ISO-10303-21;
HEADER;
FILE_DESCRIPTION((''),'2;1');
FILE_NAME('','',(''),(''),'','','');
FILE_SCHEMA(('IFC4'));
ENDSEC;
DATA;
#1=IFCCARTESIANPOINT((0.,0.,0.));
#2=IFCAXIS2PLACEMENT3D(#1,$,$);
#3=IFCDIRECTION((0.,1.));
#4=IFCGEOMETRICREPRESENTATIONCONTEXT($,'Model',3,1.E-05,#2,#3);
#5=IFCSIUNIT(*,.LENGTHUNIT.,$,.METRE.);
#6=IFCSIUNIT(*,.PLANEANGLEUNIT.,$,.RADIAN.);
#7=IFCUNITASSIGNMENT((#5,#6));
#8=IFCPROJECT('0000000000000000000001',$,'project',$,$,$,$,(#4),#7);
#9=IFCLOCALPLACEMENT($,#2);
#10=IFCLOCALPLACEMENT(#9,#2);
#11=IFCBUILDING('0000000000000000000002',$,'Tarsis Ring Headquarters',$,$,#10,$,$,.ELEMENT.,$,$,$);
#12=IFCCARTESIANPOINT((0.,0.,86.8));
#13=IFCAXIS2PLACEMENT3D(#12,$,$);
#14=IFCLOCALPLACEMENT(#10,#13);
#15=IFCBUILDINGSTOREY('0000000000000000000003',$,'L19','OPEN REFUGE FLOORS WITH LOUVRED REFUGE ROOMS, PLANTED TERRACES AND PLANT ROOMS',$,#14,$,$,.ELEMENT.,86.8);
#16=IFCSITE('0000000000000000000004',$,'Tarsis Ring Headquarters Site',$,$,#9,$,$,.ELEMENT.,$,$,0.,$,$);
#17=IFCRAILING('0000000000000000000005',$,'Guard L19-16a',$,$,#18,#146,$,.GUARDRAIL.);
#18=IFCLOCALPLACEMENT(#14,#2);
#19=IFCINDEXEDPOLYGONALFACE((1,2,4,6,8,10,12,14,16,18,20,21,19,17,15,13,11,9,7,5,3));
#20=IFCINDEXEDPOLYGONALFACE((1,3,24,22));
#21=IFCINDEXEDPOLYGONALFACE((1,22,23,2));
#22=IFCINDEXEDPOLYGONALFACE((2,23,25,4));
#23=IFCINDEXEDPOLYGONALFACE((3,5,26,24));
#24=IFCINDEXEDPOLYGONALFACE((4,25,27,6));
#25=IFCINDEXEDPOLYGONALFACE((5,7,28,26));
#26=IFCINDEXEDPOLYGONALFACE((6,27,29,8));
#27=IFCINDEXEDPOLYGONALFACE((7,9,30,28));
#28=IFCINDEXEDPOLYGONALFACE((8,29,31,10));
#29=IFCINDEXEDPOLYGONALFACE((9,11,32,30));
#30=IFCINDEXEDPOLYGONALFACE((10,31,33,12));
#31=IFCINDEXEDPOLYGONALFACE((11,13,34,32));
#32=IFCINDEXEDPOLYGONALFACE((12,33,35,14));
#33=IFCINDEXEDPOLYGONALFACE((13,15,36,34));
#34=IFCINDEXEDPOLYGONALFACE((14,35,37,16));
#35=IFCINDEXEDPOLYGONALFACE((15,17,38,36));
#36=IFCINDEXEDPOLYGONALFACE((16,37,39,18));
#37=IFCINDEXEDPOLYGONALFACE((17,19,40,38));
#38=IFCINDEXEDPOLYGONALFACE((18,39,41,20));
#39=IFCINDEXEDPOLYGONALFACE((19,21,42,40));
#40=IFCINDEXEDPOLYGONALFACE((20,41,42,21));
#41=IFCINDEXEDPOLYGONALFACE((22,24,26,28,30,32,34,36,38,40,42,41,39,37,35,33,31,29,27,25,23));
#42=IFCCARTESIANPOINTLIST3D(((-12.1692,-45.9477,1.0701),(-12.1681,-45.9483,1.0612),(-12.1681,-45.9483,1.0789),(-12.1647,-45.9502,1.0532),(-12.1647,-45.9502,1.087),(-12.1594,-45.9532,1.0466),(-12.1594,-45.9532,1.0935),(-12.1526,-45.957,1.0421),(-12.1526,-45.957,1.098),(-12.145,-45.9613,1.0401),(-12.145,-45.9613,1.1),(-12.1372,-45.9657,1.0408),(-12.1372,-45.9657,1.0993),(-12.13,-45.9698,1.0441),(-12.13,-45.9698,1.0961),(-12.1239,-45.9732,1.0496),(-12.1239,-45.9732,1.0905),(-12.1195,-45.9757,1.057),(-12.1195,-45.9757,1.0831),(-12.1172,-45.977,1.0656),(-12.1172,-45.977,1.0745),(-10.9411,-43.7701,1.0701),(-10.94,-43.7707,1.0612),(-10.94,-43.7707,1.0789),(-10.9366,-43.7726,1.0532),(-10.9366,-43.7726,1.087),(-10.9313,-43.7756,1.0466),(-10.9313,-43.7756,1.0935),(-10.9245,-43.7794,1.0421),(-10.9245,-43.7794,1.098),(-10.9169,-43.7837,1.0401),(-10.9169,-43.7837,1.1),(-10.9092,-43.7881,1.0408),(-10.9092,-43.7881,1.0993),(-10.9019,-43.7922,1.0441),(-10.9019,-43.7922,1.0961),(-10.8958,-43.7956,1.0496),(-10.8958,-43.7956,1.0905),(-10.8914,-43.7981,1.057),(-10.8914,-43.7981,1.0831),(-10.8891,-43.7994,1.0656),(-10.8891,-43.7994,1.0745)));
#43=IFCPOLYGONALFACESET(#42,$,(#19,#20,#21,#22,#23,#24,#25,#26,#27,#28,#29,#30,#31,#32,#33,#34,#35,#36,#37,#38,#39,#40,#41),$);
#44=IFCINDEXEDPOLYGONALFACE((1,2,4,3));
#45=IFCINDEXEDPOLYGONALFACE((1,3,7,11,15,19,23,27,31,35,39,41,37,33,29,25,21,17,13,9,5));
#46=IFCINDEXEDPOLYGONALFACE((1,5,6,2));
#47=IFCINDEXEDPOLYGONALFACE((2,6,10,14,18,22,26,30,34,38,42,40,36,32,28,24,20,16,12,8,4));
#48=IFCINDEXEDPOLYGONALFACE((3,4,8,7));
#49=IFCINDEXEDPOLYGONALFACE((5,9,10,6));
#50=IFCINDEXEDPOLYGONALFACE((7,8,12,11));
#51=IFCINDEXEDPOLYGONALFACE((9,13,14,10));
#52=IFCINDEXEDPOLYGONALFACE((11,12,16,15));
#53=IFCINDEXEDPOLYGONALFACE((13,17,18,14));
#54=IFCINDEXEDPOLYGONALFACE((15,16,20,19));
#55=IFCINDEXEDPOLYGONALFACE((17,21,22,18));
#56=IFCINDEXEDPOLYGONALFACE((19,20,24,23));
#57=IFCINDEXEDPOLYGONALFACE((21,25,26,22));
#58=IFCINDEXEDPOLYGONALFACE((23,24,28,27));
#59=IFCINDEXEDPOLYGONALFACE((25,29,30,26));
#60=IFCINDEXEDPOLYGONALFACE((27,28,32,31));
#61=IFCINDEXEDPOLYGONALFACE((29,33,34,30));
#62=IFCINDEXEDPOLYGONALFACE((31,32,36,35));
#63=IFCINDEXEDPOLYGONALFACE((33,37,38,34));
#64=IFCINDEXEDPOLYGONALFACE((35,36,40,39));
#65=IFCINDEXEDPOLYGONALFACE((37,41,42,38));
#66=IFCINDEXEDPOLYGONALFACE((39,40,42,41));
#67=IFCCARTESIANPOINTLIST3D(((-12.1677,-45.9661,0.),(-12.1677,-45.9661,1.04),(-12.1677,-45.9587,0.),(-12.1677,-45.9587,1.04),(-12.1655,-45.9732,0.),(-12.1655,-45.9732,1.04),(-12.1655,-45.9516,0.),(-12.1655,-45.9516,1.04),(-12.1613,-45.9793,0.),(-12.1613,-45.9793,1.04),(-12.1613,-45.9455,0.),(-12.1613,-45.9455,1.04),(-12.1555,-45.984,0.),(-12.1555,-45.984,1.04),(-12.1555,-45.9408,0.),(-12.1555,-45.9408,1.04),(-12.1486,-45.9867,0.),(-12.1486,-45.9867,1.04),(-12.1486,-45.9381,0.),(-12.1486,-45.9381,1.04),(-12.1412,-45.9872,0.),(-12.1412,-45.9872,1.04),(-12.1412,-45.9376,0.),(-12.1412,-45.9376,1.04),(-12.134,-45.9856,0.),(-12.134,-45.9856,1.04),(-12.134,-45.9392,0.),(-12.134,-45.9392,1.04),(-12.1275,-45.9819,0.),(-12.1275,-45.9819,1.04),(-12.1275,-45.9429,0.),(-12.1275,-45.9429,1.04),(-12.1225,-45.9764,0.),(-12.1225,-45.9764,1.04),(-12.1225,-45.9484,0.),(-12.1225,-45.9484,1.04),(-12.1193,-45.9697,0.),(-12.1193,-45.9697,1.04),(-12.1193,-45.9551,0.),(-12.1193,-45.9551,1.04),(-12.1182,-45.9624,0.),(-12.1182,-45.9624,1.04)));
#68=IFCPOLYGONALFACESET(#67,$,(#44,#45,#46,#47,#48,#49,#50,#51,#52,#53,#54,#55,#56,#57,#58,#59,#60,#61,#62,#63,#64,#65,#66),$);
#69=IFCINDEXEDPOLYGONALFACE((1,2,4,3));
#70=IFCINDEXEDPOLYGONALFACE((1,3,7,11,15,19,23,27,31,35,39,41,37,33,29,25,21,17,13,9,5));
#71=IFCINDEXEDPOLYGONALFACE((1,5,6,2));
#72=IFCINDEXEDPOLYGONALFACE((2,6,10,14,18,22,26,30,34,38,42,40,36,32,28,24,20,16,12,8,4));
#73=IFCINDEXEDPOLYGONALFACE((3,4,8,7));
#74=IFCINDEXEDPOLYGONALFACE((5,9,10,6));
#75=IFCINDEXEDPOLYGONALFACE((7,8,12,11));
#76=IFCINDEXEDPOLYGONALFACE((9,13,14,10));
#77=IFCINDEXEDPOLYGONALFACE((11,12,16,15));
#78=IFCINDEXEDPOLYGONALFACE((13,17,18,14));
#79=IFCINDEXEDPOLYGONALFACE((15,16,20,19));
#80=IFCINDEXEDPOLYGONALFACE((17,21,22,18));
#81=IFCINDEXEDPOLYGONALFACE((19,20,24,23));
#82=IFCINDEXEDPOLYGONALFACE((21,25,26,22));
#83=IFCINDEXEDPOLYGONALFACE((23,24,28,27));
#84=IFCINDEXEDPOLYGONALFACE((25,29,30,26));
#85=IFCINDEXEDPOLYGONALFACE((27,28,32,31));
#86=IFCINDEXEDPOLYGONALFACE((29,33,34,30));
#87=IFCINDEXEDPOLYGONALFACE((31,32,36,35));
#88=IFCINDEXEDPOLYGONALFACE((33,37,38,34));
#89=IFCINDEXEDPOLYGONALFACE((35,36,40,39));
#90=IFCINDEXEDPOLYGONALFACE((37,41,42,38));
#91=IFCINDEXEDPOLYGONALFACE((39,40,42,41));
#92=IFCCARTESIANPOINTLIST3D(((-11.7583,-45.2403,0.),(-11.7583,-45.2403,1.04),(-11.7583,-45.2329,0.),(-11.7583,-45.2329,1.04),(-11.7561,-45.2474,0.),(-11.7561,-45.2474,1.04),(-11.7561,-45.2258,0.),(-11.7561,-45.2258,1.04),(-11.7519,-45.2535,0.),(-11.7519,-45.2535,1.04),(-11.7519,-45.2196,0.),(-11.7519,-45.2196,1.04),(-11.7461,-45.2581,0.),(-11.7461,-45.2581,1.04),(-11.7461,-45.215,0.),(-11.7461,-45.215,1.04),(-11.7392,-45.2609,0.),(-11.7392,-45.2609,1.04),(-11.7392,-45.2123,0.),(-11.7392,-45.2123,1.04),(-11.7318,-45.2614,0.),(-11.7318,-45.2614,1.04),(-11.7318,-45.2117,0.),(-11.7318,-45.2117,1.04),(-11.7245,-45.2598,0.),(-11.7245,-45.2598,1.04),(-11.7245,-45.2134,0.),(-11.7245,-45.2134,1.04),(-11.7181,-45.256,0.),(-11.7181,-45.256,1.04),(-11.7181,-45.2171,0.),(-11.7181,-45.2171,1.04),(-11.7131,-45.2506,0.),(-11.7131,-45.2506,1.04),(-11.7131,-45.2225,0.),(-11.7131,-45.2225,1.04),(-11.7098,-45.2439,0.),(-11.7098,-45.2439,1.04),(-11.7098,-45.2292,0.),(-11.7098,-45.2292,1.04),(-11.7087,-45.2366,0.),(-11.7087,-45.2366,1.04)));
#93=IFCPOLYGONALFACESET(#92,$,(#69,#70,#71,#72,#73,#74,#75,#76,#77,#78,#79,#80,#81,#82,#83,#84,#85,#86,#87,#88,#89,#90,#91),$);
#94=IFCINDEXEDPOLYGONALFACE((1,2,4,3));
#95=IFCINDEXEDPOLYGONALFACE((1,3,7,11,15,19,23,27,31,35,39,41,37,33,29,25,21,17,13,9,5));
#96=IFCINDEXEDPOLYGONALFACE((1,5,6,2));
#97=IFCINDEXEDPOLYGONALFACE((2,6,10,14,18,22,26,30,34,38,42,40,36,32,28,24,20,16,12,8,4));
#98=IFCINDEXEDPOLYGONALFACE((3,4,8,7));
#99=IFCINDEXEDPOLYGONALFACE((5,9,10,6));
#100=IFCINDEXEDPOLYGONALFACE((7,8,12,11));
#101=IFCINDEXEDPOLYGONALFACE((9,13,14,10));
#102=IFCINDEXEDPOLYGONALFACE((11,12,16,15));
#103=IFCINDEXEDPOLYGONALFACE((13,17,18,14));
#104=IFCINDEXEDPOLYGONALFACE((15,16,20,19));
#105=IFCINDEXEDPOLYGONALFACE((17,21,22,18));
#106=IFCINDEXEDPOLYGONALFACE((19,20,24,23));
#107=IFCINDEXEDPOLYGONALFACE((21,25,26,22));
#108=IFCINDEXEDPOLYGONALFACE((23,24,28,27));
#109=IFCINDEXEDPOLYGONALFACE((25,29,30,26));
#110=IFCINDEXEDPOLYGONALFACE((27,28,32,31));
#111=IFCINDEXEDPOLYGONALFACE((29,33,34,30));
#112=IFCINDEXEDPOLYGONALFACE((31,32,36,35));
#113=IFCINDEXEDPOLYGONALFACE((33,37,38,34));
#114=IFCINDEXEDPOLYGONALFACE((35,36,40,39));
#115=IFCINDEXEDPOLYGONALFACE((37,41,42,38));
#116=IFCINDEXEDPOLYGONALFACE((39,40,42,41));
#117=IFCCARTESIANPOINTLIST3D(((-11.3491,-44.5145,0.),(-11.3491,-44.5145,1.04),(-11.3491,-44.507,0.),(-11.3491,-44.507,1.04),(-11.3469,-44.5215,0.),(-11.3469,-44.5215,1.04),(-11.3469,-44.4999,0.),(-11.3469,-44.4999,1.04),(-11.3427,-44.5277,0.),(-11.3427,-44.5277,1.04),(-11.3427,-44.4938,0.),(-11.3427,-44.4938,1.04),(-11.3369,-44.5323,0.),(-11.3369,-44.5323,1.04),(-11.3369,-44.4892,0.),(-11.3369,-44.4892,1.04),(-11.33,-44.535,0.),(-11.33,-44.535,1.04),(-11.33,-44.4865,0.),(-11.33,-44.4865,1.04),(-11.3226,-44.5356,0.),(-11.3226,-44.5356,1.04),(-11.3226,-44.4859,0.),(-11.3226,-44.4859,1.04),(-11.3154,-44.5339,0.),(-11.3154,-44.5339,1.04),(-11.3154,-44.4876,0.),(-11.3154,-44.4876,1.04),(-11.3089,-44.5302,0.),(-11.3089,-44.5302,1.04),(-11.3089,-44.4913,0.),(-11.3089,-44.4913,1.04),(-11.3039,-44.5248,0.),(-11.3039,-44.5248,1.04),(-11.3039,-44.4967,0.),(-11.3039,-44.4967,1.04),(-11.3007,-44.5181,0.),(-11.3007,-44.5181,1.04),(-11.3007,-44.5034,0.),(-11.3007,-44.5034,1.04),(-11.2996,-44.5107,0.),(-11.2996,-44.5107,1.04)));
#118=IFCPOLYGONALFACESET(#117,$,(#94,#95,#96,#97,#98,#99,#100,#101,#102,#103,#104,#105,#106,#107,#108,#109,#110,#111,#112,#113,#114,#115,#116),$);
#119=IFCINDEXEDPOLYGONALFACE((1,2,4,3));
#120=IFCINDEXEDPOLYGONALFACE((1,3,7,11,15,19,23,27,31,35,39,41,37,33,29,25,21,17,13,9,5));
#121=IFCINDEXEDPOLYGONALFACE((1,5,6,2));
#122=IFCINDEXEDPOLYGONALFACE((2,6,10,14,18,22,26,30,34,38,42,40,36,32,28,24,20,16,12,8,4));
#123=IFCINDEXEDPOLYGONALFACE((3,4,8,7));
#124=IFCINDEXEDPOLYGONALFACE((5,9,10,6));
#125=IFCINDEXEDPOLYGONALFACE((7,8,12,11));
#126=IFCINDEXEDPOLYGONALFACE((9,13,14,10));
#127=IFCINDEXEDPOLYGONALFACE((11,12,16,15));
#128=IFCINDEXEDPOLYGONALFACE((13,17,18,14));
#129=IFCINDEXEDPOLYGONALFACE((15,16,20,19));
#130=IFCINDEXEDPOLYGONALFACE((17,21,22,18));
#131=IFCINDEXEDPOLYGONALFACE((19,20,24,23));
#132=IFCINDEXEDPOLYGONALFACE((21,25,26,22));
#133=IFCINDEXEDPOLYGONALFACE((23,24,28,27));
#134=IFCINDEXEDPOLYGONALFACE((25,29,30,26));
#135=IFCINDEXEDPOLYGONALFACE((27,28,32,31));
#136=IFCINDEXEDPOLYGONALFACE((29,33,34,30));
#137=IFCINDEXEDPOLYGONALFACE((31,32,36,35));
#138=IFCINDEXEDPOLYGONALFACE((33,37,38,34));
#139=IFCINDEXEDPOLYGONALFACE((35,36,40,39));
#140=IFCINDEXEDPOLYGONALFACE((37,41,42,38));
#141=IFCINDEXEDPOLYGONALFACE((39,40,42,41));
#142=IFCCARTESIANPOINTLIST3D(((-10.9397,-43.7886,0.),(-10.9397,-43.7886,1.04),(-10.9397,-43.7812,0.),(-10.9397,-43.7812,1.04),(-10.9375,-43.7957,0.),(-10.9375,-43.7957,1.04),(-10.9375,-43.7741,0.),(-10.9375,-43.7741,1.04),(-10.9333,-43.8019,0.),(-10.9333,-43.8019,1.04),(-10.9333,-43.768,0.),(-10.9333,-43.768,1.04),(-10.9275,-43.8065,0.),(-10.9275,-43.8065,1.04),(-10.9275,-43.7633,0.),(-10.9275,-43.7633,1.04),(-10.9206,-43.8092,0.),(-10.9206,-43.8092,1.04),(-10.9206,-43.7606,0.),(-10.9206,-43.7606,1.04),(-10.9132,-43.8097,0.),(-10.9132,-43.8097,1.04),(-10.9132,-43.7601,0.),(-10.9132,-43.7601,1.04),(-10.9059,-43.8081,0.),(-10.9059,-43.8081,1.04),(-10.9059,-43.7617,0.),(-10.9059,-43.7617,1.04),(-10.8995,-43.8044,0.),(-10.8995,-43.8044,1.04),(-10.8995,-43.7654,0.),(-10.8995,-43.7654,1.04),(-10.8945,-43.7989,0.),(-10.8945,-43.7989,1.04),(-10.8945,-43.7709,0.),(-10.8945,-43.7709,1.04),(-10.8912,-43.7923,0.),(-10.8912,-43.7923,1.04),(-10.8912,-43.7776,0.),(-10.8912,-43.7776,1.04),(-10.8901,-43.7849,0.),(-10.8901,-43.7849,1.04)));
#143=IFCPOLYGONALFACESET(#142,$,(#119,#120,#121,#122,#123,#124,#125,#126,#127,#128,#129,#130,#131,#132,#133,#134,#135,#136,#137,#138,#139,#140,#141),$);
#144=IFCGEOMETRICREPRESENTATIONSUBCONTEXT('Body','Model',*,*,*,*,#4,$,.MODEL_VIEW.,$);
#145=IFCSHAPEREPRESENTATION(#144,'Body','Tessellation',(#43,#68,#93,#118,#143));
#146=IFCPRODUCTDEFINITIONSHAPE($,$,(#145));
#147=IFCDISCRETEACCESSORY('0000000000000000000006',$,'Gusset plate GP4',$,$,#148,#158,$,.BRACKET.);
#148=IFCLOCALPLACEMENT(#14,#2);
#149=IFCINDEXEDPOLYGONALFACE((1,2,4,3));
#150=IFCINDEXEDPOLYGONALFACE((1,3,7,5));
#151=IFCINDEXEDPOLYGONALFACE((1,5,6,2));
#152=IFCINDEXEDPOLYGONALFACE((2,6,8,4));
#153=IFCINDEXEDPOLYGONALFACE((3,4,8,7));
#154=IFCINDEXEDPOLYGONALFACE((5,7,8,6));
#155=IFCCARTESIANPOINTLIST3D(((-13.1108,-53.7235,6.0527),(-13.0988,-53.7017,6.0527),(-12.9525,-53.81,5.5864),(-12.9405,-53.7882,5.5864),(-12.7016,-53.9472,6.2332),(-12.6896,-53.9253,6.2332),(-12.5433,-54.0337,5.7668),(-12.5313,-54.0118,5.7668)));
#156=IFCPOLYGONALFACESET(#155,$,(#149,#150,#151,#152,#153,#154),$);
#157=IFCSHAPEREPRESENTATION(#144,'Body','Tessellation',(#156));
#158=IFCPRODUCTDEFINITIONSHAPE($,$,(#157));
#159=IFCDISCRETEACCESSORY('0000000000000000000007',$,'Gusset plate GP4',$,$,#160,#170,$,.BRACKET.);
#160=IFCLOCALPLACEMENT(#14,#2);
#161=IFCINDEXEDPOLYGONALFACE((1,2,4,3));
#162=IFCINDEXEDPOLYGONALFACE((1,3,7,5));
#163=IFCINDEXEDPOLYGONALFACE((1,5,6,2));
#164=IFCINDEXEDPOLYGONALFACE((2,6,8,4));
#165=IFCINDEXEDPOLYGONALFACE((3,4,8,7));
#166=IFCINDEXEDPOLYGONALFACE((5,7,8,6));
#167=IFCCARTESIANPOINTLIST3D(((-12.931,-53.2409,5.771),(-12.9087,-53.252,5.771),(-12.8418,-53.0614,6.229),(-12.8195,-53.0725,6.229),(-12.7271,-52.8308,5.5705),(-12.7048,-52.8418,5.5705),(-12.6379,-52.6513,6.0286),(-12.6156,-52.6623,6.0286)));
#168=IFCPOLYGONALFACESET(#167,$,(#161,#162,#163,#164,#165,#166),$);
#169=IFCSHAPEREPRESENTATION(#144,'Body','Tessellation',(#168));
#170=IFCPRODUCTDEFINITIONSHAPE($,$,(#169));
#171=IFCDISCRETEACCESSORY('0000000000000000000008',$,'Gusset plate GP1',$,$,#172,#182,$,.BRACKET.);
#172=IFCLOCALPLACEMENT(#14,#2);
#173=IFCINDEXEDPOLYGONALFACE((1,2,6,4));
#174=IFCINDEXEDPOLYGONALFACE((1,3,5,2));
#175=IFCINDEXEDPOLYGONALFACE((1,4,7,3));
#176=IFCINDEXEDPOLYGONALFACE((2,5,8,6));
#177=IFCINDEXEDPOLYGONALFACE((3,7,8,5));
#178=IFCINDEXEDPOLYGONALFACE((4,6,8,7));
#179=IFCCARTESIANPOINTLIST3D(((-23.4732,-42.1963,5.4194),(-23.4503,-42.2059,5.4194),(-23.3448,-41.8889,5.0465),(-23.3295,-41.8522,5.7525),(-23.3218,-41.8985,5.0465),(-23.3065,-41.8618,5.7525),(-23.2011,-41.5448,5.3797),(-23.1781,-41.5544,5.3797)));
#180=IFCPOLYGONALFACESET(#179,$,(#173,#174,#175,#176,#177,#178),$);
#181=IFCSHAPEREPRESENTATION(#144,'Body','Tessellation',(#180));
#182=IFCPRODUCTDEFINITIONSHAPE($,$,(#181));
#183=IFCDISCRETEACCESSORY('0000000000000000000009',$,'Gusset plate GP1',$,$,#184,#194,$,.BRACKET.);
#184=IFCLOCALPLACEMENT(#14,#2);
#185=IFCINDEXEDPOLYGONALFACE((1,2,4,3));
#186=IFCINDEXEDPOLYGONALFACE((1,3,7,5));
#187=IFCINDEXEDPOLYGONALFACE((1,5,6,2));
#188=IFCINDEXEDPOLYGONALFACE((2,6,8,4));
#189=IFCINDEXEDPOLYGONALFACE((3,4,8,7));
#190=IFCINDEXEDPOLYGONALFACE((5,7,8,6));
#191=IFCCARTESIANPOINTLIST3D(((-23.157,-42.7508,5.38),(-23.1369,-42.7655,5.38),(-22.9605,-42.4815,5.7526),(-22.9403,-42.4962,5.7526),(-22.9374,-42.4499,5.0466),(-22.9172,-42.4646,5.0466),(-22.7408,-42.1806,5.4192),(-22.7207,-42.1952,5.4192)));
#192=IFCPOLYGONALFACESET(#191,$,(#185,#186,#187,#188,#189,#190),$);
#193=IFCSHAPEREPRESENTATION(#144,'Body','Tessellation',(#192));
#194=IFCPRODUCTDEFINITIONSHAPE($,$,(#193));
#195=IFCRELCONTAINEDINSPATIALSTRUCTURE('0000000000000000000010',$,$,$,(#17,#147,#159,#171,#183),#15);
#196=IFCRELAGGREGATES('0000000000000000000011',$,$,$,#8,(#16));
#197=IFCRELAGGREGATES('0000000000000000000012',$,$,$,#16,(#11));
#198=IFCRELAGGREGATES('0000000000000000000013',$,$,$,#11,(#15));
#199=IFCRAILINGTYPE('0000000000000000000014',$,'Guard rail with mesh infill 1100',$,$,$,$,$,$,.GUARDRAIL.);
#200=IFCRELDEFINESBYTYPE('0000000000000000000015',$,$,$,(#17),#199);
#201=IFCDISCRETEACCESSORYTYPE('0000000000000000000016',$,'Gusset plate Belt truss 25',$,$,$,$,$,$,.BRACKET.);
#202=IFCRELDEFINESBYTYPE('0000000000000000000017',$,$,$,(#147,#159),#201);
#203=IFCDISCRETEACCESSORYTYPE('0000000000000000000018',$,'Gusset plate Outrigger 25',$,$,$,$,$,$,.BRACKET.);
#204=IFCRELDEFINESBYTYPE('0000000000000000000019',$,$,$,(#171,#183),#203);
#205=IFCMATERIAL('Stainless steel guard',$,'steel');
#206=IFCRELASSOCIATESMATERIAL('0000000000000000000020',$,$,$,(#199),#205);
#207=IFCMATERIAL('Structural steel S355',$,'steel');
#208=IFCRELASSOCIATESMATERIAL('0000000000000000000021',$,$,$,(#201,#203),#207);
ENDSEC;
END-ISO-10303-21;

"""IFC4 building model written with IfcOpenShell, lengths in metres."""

from ifc_helpers import new_model, si_unit, direction, frame, origin, origin_2d, place, context, subcontext, project, spatial, rectangle, circle, extrude, material, material_profile, profile_set, type_object, element, save


model = new_model("IFC4")

# Units and contexts
model_context = context("Model", 3, precision=1e-05, world=origin(), true_north=direction((0.0, 1.0)))
body_context = subcontext(model_context, "Body", "Model", "MODEL_VIEW")
ifc_project = project(units=[si_unit("LENGTHUNIT", "METRE"), si_unit("PLANEANGLEUNIT", "RADIAN")], contexts=[model_context])

# Site, building, storey
site_placement = place(None, origin())
site = spatial("IfcSite", under=ifc_project, at=site_placement, Name="Tarsis Ring Headquarters Site", CompositionType="ELEMENT", RefElevation=0.0)
building_placement = place(site_placement, origin())
building = spatial("IfcBuilding", under=site, at=building_placement, Name="Tarsis Ring Headquarters", CompositionType="ELEMENT")
storey_placement = place(building_placement, frame((0.0, 0.0, 86.8)))
storey = spatial("IfcBuildingStorey", under=building, at=storey_placement, Name="L19", Description="OPEN REFUGE FLOORS WITH LOUVRED REFUGE ROOMS, PLANTED TERRACES AND PLANT ROOMS", CompositionType="ELEMENT", Elevation=86.8)

# Shared definitions
ifc_material_1 = material(Name="Structural steel S355", Category="steel")

# Railing
ifc_material_2 = material(Name="Stainless steel guard", Category="steel")
railing_type_1 = type_object("IfcRailingType", Name="Guard rail with mesh infill 1100", PredefinedType="GUARDRAIL", material=ifc_material_2)
railing_1_placement = place(storey_placement, frame((-12.1431, -45.9624, 0.0)))
element("IfcRailing", 1, at=railing_1_placement, inside=storey, type_object=railing_type_1, Name="Guard L19-16a", PredefinedType="GUARDRAIL", context=body_context, shape_type="SweptSolid", body=[
    extrude(circle(Radius=0.03, at=origin_2d()), frame((0.0, 0.0, 1.0701), z_axis=(0.49123, 0.87103, 0.0), x_axis=(-0.87103, 0.49123, 0.0)), (0.0, 0.0, 1.0), 2.5),
    extrude(circle(Radius=0.0249, at=origin_2d()), origin(), (0.0, 0.0, 1.0), 1.04),
    extrude(circle(Radius=0.0249, at=origin_2d()), frame((0.4094, 0.7258, 0.0)), (0.0, 0.0, 1.0), 1.04),
    extrude(circle(Radius=0.0249, at=origin_2d()), frame((0.8186, 1.4517, 0.0)), (0.0, 0.0, 1.0), 1.04),
    extrude(circle(Radius=0.0249, at=origin_2d()), frame((1.228, 2.1775, 0.0)), (0.0, 0.0, 1.0), 1.04),
])

# Discrete accessories
ifc_material_profile_1 = material_profile(ifc_material_1, rectangle(XDim=0.0249, YDim=0.5, at=origin_2d()), Name="PL 25x500")
ifc_profile_set_1 = profile_set([ifc_material_profile_1], Name="Structural steel S355")
discrete_accessory_type_1 = type_object("IfcDiscreteAccessoryType", Name="Gusset plate Belt truss 25", PredefinedType="BRACKET", material=ifc_profile_set_1)
for number, where, z_axis, x_axis, name in (
    (2, (-12.6165, -53.9795, 6.0), (-0.818374, 0.447274, -0.360846), (-0.479586, -0.877495, 0.0), "Gusset plate GP4"),
    (3, (-12.8752, -53.1567, 6.0), (0.407746, 0.820375, -0.400909), (-0.895491, 0.44508, 0.0), "Gusset plate GP4"),
):
    element("IfcDiscreteAccessory", number, at=place(storey_placement, frame(where, z_axis=z_axis, x_axis=x_axis)), inside=storey, type_object=discrete_accessory_type_1, Name=name, PredefinedType="BRACKET", context=body_context, shape_type="SweptSolid", body=[
        extrude(rectangle(XDim=0.0249, YDim=0.5, at=origin_2d()), origin(), (0.0, 0.0, 1.0), 0.5),
    ])
discrete_accessory_type_2 = type_object("IfcDiscreteAccessoryType", Name="Gusset plate Outrigger 25", PredefinedType="BRACKET", material=ifc_profile_set_1)
for number, where, z_axis, x_axis, name in (
    (4, (-23.3899, -42.0291, 5.5859), (0.256861, 0.614806, -0.745678), (-0.922708, 0.3855, 0.0), "Gusset plate GP1"),
    (5, (-22.8406, -42.3384, 5.5859), (-0.393113, -0.538638, -0.745205), (0.807753, -0.589521, 0.0), "Gusset plate GP1"),
):
    element("IfcDiscreteAccessory", number, at=place(storey_placement, frame(where, z_axis=z_axis, x_axis=x_axis)), inside=storey, type_object=discrete_accessory_type_2, Name=name, PredefinedType="BRACKET", context=body_context, shape_type="SweptSolid", body=[
        extrude(rectangle(XDim=0.0249, YDim=0.5, at=origin_2d()), origin(), (0.0, 0.0, 1.0), 0.5),
    ])

save(model, "model.ifc")
